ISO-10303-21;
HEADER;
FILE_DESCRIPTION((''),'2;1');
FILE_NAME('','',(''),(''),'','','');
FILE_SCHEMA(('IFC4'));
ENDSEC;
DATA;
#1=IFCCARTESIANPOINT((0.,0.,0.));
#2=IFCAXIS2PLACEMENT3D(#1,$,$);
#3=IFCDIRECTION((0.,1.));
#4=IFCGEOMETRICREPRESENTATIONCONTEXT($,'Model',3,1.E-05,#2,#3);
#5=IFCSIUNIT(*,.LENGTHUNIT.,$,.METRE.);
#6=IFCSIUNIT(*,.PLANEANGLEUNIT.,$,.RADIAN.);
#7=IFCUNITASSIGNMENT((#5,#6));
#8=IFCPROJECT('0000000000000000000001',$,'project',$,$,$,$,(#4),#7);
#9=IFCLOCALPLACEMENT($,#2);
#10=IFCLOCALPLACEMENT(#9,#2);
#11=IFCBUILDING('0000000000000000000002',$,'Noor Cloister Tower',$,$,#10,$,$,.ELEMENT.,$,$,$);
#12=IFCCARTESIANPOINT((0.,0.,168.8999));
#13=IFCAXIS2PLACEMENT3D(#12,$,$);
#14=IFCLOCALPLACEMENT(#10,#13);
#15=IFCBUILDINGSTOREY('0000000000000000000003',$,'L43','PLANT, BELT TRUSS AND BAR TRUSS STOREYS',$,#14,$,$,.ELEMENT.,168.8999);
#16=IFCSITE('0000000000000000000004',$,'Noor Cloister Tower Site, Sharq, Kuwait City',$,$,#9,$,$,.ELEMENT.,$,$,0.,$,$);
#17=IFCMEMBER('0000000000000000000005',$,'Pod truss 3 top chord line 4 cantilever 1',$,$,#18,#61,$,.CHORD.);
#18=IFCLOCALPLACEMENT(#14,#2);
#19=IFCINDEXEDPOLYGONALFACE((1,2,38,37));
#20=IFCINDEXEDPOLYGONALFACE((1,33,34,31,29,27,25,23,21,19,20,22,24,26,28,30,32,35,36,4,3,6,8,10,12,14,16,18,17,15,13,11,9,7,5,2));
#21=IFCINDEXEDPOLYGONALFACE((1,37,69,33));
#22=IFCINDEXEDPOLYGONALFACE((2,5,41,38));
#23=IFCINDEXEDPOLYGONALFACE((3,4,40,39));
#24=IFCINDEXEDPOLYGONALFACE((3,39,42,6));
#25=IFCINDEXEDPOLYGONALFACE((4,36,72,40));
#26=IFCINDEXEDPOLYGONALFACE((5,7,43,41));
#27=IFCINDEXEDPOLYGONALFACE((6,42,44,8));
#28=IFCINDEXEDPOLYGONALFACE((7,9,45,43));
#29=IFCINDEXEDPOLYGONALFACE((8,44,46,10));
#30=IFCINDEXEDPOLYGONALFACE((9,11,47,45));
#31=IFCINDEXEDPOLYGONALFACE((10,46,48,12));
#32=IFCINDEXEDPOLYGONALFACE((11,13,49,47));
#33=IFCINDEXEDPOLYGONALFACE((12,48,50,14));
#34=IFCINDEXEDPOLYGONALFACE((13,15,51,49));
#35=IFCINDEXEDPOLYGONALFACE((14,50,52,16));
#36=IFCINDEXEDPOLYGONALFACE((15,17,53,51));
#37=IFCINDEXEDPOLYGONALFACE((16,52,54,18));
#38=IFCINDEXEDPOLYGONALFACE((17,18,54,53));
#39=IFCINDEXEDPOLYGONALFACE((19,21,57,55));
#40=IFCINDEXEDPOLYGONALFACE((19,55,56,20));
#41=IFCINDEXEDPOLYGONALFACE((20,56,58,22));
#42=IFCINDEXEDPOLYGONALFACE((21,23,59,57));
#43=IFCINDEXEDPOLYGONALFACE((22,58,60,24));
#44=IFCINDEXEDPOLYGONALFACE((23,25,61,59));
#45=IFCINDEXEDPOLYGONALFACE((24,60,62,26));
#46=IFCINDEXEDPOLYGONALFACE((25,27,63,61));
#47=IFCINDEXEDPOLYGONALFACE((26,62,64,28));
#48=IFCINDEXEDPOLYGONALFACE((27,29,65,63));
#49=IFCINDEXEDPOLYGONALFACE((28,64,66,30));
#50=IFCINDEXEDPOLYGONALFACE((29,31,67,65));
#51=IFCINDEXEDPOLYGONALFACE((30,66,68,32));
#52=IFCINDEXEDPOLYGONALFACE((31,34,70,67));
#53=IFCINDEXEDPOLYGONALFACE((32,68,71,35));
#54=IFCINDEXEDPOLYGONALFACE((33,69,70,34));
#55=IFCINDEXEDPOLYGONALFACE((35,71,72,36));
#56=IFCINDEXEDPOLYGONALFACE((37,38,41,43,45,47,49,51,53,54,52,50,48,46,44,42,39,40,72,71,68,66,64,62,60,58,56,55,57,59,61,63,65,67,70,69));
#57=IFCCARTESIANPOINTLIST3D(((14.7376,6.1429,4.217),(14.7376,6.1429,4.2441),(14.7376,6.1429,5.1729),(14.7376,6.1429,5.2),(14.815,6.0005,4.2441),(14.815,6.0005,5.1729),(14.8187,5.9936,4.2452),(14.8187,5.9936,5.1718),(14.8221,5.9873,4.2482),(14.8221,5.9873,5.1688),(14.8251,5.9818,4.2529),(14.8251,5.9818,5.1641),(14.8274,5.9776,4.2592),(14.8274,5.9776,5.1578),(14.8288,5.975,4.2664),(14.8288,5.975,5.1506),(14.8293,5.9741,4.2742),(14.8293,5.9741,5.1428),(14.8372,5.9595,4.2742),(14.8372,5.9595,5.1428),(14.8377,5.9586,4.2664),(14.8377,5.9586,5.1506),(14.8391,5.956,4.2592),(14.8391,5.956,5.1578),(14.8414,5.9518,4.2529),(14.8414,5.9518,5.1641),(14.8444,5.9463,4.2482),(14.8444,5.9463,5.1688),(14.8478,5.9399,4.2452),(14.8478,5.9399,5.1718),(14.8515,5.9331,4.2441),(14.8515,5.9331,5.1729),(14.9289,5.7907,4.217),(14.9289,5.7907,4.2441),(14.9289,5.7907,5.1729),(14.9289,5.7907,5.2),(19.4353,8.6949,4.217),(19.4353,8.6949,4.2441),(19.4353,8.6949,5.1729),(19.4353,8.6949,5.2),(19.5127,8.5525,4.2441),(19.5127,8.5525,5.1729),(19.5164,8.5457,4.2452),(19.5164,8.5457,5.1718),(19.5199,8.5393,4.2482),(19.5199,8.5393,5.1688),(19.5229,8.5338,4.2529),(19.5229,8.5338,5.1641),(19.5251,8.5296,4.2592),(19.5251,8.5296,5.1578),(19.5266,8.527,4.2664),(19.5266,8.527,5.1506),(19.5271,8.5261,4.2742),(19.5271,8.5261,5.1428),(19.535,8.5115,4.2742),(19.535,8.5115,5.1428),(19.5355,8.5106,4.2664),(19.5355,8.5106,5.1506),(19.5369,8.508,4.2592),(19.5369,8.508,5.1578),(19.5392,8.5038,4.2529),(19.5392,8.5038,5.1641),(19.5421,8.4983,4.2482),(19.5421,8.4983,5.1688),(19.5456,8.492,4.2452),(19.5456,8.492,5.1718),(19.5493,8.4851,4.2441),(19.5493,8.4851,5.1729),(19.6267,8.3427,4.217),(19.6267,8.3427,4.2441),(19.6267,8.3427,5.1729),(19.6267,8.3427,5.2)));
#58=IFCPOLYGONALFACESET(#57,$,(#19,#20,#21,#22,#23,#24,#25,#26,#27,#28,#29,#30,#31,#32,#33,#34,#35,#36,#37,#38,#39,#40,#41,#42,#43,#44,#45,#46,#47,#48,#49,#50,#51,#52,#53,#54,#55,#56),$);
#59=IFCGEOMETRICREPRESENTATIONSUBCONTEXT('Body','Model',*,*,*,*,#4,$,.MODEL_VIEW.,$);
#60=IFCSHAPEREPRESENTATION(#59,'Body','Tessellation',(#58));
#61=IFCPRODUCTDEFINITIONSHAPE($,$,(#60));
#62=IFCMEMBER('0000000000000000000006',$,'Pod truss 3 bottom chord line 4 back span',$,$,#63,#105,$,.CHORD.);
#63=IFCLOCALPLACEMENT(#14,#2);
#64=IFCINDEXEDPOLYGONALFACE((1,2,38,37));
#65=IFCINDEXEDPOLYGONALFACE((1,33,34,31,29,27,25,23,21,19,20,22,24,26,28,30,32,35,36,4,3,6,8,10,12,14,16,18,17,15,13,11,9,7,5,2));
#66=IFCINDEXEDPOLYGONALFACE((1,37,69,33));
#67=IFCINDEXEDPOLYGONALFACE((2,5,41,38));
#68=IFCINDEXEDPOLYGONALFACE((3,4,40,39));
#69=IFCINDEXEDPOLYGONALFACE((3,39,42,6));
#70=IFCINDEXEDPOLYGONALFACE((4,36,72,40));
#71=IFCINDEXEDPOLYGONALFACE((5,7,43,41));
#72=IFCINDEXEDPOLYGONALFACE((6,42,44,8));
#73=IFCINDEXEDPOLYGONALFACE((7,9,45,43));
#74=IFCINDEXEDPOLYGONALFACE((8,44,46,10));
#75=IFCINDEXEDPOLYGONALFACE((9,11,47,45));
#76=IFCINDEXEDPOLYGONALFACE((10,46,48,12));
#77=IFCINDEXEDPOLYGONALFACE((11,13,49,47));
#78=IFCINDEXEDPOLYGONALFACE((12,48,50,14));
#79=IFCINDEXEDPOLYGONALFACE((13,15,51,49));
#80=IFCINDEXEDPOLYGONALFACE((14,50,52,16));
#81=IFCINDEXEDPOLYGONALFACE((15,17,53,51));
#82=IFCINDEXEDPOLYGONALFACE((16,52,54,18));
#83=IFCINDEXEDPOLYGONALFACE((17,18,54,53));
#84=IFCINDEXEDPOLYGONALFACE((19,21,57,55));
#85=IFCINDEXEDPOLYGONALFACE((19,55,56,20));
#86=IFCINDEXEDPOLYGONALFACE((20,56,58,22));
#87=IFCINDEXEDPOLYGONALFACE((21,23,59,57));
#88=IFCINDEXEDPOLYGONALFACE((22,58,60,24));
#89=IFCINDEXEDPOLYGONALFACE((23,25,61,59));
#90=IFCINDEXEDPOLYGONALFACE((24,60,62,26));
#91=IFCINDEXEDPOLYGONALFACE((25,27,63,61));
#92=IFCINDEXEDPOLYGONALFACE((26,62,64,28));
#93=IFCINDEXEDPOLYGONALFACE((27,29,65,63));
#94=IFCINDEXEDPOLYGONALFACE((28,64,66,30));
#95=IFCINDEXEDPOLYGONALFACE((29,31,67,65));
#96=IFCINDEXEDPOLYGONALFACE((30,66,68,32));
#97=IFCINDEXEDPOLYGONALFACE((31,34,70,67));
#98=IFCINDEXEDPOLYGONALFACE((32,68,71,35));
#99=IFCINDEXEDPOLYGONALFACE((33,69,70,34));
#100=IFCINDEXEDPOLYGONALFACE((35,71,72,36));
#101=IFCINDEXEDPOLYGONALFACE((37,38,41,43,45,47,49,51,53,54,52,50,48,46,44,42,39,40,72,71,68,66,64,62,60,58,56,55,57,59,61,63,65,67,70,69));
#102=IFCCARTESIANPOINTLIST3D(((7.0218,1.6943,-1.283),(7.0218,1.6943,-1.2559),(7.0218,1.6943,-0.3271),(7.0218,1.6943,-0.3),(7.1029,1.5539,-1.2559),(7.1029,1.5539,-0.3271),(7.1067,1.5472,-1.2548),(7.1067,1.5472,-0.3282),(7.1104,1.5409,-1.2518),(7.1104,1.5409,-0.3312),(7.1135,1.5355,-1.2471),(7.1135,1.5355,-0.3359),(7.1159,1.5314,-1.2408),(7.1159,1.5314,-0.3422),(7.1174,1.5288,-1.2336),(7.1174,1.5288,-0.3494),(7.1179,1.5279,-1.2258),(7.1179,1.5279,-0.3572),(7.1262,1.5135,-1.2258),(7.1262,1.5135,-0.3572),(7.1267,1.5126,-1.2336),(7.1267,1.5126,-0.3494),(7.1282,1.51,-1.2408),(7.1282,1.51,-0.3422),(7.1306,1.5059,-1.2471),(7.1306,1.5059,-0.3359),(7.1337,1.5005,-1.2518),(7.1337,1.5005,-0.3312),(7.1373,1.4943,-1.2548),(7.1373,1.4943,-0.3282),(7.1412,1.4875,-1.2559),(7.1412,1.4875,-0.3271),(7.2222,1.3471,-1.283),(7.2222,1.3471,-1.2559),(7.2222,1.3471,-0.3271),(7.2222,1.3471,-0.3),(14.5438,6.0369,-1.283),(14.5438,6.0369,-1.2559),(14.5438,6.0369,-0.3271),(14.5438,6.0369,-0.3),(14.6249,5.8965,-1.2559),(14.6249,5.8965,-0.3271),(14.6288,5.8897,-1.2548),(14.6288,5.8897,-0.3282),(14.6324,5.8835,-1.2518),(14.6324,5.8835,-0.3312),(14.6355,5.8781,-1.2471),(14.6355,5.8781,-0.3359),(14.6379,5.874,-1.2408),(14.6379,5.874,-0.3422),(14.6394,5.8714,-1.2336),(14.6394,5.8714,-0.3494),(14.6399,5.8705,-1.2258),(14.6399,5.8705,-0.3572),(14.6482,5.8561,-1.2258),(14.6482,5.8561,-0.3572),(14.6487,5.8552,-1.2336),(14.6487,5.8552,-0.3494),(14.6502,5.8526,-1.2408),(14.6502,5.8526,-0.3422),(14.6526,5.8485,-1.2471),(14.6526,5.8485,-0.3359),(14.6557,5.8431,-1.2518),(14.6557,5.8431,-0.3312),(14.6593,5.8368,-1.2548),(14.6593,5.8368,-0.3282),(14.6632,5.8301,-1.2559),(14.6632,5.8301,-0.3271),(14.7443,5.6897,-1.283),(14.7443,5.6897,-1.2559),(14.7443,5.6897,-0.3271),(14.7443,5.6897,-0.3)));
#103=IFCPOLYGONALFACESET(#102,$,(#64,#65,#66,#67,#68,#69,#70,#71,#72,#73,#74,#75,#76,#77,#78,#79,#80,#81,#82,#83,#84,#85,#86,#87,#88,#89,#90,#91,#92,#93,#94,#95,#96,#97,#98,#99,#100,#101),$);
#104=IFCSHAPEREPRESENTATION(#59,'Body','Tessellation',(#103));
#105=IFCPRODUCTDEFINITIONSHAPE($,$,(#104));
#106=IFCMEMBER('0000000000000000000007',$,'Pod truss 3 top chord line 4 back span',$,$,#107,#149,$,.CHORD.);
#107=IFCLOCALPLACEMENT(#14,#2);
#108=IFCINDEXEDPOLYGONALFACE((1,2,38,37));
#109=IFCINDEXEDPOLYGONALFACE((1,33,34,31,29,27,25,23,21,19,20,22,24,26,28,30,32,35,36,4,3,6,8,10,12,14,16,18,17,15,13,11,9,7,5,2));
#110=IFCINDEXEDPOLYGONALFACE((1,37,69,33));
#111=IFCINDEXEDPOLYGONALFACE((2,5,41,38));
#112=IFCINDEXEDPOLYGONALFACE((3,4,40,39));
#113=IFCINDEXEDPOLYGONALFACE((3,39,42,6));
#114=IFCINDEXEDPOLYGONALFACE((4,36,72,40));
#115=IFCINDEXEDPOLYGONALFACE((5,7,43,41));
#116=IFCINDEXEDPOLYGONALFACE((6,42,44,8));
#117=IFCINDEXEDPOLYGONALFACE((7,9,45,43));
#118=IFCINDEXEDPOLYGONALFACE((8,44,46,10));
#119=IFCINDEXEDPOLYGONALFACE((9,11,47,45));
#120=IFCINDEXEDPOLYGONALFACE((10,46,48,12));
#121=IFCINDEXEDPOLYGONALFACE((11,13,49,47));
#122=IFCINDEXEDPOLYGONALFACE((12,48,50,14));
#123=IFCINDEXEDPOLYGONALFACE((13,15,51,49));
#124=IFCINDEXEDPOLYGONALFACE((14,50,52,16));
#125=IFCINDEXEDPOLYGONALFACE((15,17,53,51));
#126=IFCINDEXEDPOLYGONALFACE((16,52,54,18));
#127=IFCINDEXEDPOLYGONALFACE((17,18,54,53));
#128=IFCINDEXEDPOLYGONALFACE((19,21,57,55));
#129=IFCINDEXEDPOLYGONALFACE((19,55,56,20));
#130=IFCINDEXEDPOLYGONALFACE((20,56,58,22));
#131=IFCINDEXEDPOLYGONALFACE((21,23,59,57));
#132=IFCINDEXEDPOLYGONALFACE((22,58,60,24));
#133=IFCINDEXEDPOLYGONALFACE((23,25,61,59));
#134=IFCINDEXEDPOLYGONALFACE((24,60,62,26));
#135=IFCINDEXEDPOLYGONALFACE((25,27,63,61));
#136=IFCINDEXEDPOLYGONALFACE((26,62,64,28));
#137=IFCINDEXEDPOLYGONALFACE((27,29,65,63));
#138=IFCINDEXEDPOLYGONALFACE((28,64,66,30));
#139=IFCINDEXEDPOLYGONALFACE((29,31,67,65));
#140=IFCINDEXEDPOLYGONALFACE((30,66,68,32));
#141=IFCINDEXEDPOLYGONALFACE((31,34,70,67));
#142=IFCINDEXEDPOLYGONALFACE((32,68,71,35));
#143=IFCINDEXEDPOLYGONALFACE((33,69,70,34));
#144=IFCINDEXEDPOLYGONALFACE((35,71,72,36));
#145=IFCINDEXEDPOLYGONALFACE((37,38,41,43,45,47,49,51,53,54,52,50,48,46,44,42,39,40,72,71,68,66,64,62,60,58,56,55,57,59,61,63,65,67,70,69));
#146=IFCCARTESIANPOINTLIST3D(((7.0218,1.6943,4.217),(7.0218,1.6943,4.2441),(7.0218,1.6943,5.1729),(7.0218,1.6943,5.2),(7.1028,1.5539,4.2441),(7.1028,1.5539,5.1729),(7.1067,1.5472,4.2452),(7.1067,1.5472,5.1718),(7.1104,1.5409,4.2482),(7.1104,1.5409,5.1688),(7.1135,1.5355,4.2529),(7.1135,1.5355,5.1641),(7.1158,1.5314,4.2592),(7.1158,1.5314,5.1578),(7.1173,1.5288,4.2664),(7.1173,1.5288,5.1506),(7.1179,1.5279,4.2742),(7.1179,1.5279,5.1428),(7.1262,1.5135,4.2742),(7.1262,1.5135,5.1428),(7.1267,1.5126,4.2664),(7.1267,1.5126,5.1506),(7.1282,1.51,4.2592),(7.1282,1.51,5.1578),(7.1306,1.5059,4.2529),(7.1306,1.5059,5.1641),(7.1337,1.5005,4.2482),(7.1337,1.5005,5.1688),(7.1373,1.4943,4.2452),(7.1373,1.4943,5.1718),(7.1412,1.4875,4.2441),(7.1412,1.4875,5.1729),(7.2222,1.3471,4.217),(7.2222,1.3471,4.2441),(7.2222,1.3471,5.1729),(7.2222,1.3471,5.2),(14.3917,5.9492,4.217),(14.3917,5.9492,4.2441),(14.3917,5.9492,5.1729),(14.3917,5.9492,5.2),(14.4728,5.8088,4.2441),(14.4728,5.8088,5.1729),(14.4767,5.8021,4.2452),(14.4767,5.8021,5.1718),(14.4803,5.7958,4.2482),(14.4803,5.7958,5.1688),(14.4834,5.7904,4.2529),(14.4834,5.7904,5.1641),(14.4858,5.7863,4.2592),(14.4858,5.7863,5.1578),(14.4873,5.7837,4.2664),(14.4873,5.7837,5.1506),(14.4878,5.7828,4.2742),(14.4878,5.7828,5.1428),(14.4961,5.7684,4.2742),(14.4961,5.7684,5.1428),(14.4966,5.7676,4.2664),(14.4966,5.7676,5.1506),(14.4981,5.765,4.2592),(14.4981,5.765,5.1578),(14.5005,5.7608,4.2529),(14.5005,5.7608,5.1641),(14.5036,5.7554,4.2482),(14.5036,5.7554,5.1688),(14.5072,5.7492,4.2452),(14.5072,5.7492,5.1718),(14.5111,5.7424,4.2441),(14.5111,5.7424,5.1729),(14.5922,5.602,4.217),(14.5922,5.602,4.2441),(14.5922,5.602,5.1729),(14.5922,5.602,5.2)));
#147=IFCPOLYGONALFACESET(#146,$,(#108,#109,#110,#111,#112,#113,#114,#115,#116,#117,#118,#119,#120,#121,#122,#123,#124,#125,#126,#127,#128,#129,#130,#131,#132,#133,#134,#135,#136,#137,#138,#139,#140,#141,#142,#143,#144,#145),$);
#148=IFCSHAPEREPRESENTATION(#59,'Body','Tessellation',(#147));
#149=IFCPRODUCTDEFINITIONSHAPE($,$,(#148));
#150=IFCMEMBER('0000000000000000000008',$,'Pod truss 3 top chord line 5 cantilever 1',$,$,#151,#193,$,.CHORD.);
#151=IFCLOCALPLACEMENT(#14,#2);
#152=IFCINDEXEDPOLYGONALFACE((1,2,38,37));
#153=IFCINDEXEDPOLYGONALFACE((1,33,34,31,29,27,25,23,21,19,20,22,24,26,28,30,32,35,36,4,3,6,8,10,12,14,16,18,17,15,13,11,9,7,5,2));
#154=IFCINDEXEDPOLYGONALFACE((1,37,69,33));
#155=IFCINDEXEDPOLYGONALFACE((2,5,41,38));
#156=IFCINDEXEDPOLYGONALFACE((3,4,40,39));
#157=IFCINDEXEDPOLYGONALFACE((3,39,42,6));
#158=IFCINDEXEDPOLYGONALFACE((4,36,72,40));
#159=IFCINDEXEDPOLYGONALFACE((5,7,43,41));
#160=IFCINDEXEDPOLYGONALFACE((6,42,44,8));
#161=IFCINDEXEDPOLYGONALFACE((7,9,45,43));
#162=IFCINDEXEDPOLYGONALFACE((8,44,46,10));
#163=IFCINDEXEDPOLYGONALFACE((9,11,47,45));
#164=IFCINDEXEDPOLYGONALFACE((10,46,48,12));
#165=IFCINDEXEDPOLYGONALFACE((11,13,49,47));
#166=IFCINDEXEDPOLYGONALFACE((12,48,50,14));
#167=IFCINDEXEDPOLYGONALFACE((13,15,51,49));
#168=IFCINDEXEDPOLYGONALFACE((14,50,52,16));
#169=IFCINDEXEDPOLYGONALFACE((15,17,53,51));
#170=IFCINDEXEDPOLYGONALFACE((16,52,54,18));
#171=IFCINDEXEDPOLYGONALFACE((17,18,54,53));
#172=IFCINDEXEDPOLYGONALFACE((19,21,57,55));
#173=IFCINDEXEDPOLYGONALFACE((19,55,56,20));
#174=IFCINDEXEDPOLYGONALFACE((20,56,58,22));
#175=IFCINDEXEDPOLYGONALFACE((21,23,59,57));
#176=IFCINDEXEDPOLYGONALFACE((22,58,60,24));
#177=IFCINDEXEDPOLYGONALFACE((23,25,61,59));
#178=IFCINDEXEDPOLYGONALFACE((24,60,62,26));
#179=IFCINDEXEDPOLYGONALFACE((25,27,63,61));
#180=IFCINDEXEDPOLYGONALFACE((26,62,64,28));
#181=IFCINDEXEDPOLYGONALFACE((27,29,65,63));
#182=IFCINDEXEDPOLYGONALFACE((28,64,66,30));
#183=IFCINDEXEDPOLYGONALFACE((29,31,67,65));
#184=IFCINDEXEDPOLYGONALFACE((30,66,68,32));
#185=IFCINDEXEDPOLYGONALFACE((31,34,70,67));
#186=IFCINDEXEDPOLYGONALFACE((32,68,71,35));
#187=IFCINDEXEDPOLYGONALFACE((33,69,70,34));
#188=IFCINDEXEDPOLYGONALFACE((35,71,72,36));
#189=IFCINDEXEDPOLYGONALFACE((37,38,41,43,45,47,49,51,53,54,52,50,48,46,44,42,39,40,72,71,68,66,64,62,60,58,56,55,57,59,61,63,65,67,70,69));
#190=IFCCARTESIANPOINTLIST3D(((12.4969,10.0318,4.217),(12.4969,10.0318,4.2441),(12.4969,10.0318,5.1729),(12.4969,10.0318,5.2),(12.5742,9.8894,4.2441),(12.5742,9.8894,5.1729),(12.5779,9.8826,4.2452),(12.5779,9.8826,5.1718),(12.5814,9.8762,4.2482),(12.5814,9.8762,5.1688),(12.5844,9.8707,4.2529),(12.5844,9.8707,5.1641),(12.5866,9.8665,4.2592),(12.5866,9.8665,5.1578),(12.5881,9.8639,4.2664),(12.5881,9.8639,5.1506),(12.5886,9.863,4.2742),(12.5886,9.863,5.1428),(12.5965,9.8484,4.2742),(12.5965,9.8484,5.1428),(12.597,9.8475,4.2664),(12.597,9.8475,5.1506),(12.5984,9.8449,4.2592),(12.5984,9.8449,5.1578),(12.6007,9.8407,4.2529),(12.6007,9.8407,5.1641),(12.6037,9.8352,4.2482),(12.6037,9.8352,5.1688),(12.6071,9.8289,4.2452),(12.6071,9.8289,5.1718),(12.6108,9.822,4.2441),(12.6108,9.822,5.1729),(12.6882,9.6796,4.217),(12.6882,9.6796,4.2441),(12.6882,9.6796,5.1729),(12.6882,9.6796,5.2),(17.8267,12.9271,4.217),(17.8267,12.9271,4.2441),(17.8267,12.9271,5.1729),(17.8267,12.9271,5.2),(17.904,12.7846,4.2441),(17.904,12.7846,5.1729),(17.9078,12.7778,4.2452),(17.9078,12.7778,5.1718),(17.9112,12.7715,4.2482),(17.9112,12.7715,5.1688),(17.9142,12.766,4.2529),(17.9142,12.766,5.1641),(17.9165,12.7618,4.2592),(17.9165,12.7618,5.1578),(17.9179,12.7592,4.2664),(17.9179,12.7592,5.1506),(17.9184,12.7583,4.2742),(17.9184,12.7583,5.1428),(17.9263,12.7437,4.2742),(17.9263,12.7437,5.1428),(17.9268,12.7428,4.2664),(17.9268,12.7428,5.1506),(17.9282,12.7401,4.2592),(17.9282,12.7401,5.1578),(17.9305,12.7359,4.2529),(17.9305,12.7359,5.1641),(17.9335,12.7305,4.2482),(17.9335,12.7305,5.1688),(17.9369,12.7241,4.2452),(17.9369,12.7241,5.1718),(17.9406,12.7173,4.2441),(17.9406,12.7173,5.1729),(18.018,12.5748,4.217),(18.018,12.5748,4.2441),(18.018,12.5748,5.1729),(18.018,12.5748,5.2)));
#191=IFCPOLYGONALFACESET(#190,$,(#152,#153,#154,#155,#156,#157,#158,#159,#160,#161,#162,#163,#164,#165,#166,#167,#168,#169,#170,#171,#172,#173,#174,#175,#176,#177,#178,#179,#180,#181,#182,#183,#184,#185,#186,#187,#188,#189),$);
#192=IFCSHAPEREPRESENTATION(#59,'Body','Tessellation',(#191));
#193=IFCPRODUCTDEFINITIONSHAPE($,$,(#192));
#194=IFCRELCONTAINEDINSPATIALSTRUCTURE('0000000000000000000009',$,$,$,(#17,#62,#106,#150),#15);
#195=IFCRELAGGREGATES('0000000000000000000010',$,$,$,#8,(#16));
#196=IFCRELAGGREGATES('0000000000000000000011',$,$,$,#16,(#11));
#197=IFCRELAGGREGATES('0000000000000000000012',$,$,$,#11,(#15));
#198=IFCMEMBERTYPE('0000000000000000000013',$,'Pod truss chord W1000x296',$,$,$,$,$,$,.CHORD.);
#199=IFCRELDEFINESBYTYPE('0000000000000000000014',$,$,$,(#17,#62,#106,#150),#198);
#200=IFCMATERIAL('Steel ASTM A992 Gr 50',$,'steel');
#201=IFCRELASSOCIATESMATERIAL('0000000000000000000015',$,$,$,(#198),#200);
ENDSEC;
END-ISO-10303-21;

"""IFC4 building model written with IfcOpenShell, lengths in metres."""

from ifc_helpers import new_model, si_unit, direction, frame, origin, origin_2d, place, context, subcontext, project, spatial, i_section, extrude, material, material_profile, profile_set, type_object, element, save


model = new_model("IFC4")

# Units and contexts
model_context = context("Model", 3, precision=1e-05, world=origin(), true_north=direction((0.0, 1.0)))
body_context = subcontext(model_context, "Body", "Model", "MODEL_VIEW")
ifc_project = project(units=[si_unit("LENGTHUNIT", "METRE"), si_unit("PLANEANGLEUNIT", "RADIAN")], contexts=[model_context])

# Site, building, storey
site_placement = place(None, origin())
site = spatial("IfcSite", under=ifc_project, at=site_placement, Name="Noor Cloister Tower Site, Sharq, Kuwait City", CompositionType="ELEMENT", RefElevation=0.0)
building_placement = place(site_placement, origin())
building = spatial("IfcBuilding", under=site, at=building_placement, Name="Noor Cloister Tower", CompositionType="ELEMENT")
storey_placement = place(building_placement, frame((0.0, 0.0, 168.8999)))
storey = spatial("IfcBuildingStorey", under=building, at=storey_placement, Name="L43", Description="PLANT, BELT TRUSS AND BAR TRUSS STOREYS", CompositionType="ELEMENT", Elevation=168.8999)

# Members
ifc_material_1 = material(Name="Steel ASTM A992 Gr 50", Category="steel")
ifc_material_profile_1 = material_profile(ifc_material_1, i_section(OverallWidth=0.4009, OverallDepth=0.9829, WebThickness=0.0166, FlangeThickness=0.0271, FilletRadius=0.03, at=origin_2d()), Name="W1000x296")
ifc_profile_set_1 = profile_set([ifc_material_profile_1], Name="Steel ASTM A992 Gr 50")
member_type_1 = type_object("IfcMemberType", Name="Pod truss chord W1000x296", PredefinedType="CHORD", material=ifc_profile_set_1)
member_1_placement = place(storey_placement, frame((14.8333, 5.9668, 4.7085), z_axis=(0.878713, 0.477351, 0.0), x_axis=(-0.477351, 0.878713, 0.0)))
element("IfcMember", 1, at=member_1_placement, inside=storey, type_object=member_type_1, Name="Pod truss 3 top chord line 4 cantilever 1", PredefinedType="CHORD", context=body_context, shape_type="SweptSolid", body=[
    extrude(i_section(OverallWidth=0.4009, OverallDepth=0.9829, WebThickness=0.0166, FlangeThickness=0.0271, FilletRadius=0.03, at=origin_2d()), origin(), (0.0, 0.0, 1.0), 5.3462),
])
member_2_placement = place(storey_placement, frame((14.644, 5.8633, -0.7915), z_axis=(-0.86604, -0.499976, 0.0), x_axis=(0.499976, -0.86604, 0.0)))
element("IfcMember", 2, at=member_2_placement, inside=storey, type_object=member_type_1, Name="Pod truss 3 bottom chord line 4 back span", PredefinedType="CHORD", context=body_context, shape_type="SweptSolid", body=[
    extrude(i_section(OverallWidth=0.4009, OverallDepth=0.9829, WebThickness=0.0166, FlangeThickness=0.0271, FilletRadius=0.03, at=origin_2d()), origin(), (0.0, 0.0, 1.0), 8.6855),
])
member_3_placement = place(storey_placement, frame((14.4919, 5.7756, 4.7085), z_axis=(-0.866031, -0.49999, 0.0), x_axis=(0.49999, -0.866031, 0.0)))
element("IfcMember", 3, at=member_3_placement, inside=storey, type_object=member_type_1, Name="Pod truss 3 top chord line 4 back span", PredefinedType="CHORD", context=body_context, shape_type="SweptSolid", body=[
    extrude(i_section(OverallWidth=0.4009, OverallDepth=0.9829, WebThickness=0.0166, FlangeThickness=0.0271, FilletRadius=0.03, at=origin_2d()), origin(), (0.0, 0.0, 1.0), 8.51),
])
member_4_placement = place(storey_placement, frame((12.5925, 9.8557, 4.7085), z_axis=(0.87872, 0.477337, 0.0), x_axis=(-0.477337, 0.87872, 0.0)))
element("IfcMember", 4, at=member_4_placement, inside=storey, type_object=member_type_1, Name="Pod truss 3 top chord line 5 cantilever 1", PredefinedType="CHORD", context=body_context, shape_type="SweptSolid", body=[
    extrude(i_section(OverallWidth=0.4009, OverallDepth=0.9829, WebThickness=0.0166, FlangeThickness=0.0271, FilletRadius=0.03, at=origin_2d()), origin(), (0.0, 0.0, 1.0), 6.0654),
])

save(model, "model.ifc")
